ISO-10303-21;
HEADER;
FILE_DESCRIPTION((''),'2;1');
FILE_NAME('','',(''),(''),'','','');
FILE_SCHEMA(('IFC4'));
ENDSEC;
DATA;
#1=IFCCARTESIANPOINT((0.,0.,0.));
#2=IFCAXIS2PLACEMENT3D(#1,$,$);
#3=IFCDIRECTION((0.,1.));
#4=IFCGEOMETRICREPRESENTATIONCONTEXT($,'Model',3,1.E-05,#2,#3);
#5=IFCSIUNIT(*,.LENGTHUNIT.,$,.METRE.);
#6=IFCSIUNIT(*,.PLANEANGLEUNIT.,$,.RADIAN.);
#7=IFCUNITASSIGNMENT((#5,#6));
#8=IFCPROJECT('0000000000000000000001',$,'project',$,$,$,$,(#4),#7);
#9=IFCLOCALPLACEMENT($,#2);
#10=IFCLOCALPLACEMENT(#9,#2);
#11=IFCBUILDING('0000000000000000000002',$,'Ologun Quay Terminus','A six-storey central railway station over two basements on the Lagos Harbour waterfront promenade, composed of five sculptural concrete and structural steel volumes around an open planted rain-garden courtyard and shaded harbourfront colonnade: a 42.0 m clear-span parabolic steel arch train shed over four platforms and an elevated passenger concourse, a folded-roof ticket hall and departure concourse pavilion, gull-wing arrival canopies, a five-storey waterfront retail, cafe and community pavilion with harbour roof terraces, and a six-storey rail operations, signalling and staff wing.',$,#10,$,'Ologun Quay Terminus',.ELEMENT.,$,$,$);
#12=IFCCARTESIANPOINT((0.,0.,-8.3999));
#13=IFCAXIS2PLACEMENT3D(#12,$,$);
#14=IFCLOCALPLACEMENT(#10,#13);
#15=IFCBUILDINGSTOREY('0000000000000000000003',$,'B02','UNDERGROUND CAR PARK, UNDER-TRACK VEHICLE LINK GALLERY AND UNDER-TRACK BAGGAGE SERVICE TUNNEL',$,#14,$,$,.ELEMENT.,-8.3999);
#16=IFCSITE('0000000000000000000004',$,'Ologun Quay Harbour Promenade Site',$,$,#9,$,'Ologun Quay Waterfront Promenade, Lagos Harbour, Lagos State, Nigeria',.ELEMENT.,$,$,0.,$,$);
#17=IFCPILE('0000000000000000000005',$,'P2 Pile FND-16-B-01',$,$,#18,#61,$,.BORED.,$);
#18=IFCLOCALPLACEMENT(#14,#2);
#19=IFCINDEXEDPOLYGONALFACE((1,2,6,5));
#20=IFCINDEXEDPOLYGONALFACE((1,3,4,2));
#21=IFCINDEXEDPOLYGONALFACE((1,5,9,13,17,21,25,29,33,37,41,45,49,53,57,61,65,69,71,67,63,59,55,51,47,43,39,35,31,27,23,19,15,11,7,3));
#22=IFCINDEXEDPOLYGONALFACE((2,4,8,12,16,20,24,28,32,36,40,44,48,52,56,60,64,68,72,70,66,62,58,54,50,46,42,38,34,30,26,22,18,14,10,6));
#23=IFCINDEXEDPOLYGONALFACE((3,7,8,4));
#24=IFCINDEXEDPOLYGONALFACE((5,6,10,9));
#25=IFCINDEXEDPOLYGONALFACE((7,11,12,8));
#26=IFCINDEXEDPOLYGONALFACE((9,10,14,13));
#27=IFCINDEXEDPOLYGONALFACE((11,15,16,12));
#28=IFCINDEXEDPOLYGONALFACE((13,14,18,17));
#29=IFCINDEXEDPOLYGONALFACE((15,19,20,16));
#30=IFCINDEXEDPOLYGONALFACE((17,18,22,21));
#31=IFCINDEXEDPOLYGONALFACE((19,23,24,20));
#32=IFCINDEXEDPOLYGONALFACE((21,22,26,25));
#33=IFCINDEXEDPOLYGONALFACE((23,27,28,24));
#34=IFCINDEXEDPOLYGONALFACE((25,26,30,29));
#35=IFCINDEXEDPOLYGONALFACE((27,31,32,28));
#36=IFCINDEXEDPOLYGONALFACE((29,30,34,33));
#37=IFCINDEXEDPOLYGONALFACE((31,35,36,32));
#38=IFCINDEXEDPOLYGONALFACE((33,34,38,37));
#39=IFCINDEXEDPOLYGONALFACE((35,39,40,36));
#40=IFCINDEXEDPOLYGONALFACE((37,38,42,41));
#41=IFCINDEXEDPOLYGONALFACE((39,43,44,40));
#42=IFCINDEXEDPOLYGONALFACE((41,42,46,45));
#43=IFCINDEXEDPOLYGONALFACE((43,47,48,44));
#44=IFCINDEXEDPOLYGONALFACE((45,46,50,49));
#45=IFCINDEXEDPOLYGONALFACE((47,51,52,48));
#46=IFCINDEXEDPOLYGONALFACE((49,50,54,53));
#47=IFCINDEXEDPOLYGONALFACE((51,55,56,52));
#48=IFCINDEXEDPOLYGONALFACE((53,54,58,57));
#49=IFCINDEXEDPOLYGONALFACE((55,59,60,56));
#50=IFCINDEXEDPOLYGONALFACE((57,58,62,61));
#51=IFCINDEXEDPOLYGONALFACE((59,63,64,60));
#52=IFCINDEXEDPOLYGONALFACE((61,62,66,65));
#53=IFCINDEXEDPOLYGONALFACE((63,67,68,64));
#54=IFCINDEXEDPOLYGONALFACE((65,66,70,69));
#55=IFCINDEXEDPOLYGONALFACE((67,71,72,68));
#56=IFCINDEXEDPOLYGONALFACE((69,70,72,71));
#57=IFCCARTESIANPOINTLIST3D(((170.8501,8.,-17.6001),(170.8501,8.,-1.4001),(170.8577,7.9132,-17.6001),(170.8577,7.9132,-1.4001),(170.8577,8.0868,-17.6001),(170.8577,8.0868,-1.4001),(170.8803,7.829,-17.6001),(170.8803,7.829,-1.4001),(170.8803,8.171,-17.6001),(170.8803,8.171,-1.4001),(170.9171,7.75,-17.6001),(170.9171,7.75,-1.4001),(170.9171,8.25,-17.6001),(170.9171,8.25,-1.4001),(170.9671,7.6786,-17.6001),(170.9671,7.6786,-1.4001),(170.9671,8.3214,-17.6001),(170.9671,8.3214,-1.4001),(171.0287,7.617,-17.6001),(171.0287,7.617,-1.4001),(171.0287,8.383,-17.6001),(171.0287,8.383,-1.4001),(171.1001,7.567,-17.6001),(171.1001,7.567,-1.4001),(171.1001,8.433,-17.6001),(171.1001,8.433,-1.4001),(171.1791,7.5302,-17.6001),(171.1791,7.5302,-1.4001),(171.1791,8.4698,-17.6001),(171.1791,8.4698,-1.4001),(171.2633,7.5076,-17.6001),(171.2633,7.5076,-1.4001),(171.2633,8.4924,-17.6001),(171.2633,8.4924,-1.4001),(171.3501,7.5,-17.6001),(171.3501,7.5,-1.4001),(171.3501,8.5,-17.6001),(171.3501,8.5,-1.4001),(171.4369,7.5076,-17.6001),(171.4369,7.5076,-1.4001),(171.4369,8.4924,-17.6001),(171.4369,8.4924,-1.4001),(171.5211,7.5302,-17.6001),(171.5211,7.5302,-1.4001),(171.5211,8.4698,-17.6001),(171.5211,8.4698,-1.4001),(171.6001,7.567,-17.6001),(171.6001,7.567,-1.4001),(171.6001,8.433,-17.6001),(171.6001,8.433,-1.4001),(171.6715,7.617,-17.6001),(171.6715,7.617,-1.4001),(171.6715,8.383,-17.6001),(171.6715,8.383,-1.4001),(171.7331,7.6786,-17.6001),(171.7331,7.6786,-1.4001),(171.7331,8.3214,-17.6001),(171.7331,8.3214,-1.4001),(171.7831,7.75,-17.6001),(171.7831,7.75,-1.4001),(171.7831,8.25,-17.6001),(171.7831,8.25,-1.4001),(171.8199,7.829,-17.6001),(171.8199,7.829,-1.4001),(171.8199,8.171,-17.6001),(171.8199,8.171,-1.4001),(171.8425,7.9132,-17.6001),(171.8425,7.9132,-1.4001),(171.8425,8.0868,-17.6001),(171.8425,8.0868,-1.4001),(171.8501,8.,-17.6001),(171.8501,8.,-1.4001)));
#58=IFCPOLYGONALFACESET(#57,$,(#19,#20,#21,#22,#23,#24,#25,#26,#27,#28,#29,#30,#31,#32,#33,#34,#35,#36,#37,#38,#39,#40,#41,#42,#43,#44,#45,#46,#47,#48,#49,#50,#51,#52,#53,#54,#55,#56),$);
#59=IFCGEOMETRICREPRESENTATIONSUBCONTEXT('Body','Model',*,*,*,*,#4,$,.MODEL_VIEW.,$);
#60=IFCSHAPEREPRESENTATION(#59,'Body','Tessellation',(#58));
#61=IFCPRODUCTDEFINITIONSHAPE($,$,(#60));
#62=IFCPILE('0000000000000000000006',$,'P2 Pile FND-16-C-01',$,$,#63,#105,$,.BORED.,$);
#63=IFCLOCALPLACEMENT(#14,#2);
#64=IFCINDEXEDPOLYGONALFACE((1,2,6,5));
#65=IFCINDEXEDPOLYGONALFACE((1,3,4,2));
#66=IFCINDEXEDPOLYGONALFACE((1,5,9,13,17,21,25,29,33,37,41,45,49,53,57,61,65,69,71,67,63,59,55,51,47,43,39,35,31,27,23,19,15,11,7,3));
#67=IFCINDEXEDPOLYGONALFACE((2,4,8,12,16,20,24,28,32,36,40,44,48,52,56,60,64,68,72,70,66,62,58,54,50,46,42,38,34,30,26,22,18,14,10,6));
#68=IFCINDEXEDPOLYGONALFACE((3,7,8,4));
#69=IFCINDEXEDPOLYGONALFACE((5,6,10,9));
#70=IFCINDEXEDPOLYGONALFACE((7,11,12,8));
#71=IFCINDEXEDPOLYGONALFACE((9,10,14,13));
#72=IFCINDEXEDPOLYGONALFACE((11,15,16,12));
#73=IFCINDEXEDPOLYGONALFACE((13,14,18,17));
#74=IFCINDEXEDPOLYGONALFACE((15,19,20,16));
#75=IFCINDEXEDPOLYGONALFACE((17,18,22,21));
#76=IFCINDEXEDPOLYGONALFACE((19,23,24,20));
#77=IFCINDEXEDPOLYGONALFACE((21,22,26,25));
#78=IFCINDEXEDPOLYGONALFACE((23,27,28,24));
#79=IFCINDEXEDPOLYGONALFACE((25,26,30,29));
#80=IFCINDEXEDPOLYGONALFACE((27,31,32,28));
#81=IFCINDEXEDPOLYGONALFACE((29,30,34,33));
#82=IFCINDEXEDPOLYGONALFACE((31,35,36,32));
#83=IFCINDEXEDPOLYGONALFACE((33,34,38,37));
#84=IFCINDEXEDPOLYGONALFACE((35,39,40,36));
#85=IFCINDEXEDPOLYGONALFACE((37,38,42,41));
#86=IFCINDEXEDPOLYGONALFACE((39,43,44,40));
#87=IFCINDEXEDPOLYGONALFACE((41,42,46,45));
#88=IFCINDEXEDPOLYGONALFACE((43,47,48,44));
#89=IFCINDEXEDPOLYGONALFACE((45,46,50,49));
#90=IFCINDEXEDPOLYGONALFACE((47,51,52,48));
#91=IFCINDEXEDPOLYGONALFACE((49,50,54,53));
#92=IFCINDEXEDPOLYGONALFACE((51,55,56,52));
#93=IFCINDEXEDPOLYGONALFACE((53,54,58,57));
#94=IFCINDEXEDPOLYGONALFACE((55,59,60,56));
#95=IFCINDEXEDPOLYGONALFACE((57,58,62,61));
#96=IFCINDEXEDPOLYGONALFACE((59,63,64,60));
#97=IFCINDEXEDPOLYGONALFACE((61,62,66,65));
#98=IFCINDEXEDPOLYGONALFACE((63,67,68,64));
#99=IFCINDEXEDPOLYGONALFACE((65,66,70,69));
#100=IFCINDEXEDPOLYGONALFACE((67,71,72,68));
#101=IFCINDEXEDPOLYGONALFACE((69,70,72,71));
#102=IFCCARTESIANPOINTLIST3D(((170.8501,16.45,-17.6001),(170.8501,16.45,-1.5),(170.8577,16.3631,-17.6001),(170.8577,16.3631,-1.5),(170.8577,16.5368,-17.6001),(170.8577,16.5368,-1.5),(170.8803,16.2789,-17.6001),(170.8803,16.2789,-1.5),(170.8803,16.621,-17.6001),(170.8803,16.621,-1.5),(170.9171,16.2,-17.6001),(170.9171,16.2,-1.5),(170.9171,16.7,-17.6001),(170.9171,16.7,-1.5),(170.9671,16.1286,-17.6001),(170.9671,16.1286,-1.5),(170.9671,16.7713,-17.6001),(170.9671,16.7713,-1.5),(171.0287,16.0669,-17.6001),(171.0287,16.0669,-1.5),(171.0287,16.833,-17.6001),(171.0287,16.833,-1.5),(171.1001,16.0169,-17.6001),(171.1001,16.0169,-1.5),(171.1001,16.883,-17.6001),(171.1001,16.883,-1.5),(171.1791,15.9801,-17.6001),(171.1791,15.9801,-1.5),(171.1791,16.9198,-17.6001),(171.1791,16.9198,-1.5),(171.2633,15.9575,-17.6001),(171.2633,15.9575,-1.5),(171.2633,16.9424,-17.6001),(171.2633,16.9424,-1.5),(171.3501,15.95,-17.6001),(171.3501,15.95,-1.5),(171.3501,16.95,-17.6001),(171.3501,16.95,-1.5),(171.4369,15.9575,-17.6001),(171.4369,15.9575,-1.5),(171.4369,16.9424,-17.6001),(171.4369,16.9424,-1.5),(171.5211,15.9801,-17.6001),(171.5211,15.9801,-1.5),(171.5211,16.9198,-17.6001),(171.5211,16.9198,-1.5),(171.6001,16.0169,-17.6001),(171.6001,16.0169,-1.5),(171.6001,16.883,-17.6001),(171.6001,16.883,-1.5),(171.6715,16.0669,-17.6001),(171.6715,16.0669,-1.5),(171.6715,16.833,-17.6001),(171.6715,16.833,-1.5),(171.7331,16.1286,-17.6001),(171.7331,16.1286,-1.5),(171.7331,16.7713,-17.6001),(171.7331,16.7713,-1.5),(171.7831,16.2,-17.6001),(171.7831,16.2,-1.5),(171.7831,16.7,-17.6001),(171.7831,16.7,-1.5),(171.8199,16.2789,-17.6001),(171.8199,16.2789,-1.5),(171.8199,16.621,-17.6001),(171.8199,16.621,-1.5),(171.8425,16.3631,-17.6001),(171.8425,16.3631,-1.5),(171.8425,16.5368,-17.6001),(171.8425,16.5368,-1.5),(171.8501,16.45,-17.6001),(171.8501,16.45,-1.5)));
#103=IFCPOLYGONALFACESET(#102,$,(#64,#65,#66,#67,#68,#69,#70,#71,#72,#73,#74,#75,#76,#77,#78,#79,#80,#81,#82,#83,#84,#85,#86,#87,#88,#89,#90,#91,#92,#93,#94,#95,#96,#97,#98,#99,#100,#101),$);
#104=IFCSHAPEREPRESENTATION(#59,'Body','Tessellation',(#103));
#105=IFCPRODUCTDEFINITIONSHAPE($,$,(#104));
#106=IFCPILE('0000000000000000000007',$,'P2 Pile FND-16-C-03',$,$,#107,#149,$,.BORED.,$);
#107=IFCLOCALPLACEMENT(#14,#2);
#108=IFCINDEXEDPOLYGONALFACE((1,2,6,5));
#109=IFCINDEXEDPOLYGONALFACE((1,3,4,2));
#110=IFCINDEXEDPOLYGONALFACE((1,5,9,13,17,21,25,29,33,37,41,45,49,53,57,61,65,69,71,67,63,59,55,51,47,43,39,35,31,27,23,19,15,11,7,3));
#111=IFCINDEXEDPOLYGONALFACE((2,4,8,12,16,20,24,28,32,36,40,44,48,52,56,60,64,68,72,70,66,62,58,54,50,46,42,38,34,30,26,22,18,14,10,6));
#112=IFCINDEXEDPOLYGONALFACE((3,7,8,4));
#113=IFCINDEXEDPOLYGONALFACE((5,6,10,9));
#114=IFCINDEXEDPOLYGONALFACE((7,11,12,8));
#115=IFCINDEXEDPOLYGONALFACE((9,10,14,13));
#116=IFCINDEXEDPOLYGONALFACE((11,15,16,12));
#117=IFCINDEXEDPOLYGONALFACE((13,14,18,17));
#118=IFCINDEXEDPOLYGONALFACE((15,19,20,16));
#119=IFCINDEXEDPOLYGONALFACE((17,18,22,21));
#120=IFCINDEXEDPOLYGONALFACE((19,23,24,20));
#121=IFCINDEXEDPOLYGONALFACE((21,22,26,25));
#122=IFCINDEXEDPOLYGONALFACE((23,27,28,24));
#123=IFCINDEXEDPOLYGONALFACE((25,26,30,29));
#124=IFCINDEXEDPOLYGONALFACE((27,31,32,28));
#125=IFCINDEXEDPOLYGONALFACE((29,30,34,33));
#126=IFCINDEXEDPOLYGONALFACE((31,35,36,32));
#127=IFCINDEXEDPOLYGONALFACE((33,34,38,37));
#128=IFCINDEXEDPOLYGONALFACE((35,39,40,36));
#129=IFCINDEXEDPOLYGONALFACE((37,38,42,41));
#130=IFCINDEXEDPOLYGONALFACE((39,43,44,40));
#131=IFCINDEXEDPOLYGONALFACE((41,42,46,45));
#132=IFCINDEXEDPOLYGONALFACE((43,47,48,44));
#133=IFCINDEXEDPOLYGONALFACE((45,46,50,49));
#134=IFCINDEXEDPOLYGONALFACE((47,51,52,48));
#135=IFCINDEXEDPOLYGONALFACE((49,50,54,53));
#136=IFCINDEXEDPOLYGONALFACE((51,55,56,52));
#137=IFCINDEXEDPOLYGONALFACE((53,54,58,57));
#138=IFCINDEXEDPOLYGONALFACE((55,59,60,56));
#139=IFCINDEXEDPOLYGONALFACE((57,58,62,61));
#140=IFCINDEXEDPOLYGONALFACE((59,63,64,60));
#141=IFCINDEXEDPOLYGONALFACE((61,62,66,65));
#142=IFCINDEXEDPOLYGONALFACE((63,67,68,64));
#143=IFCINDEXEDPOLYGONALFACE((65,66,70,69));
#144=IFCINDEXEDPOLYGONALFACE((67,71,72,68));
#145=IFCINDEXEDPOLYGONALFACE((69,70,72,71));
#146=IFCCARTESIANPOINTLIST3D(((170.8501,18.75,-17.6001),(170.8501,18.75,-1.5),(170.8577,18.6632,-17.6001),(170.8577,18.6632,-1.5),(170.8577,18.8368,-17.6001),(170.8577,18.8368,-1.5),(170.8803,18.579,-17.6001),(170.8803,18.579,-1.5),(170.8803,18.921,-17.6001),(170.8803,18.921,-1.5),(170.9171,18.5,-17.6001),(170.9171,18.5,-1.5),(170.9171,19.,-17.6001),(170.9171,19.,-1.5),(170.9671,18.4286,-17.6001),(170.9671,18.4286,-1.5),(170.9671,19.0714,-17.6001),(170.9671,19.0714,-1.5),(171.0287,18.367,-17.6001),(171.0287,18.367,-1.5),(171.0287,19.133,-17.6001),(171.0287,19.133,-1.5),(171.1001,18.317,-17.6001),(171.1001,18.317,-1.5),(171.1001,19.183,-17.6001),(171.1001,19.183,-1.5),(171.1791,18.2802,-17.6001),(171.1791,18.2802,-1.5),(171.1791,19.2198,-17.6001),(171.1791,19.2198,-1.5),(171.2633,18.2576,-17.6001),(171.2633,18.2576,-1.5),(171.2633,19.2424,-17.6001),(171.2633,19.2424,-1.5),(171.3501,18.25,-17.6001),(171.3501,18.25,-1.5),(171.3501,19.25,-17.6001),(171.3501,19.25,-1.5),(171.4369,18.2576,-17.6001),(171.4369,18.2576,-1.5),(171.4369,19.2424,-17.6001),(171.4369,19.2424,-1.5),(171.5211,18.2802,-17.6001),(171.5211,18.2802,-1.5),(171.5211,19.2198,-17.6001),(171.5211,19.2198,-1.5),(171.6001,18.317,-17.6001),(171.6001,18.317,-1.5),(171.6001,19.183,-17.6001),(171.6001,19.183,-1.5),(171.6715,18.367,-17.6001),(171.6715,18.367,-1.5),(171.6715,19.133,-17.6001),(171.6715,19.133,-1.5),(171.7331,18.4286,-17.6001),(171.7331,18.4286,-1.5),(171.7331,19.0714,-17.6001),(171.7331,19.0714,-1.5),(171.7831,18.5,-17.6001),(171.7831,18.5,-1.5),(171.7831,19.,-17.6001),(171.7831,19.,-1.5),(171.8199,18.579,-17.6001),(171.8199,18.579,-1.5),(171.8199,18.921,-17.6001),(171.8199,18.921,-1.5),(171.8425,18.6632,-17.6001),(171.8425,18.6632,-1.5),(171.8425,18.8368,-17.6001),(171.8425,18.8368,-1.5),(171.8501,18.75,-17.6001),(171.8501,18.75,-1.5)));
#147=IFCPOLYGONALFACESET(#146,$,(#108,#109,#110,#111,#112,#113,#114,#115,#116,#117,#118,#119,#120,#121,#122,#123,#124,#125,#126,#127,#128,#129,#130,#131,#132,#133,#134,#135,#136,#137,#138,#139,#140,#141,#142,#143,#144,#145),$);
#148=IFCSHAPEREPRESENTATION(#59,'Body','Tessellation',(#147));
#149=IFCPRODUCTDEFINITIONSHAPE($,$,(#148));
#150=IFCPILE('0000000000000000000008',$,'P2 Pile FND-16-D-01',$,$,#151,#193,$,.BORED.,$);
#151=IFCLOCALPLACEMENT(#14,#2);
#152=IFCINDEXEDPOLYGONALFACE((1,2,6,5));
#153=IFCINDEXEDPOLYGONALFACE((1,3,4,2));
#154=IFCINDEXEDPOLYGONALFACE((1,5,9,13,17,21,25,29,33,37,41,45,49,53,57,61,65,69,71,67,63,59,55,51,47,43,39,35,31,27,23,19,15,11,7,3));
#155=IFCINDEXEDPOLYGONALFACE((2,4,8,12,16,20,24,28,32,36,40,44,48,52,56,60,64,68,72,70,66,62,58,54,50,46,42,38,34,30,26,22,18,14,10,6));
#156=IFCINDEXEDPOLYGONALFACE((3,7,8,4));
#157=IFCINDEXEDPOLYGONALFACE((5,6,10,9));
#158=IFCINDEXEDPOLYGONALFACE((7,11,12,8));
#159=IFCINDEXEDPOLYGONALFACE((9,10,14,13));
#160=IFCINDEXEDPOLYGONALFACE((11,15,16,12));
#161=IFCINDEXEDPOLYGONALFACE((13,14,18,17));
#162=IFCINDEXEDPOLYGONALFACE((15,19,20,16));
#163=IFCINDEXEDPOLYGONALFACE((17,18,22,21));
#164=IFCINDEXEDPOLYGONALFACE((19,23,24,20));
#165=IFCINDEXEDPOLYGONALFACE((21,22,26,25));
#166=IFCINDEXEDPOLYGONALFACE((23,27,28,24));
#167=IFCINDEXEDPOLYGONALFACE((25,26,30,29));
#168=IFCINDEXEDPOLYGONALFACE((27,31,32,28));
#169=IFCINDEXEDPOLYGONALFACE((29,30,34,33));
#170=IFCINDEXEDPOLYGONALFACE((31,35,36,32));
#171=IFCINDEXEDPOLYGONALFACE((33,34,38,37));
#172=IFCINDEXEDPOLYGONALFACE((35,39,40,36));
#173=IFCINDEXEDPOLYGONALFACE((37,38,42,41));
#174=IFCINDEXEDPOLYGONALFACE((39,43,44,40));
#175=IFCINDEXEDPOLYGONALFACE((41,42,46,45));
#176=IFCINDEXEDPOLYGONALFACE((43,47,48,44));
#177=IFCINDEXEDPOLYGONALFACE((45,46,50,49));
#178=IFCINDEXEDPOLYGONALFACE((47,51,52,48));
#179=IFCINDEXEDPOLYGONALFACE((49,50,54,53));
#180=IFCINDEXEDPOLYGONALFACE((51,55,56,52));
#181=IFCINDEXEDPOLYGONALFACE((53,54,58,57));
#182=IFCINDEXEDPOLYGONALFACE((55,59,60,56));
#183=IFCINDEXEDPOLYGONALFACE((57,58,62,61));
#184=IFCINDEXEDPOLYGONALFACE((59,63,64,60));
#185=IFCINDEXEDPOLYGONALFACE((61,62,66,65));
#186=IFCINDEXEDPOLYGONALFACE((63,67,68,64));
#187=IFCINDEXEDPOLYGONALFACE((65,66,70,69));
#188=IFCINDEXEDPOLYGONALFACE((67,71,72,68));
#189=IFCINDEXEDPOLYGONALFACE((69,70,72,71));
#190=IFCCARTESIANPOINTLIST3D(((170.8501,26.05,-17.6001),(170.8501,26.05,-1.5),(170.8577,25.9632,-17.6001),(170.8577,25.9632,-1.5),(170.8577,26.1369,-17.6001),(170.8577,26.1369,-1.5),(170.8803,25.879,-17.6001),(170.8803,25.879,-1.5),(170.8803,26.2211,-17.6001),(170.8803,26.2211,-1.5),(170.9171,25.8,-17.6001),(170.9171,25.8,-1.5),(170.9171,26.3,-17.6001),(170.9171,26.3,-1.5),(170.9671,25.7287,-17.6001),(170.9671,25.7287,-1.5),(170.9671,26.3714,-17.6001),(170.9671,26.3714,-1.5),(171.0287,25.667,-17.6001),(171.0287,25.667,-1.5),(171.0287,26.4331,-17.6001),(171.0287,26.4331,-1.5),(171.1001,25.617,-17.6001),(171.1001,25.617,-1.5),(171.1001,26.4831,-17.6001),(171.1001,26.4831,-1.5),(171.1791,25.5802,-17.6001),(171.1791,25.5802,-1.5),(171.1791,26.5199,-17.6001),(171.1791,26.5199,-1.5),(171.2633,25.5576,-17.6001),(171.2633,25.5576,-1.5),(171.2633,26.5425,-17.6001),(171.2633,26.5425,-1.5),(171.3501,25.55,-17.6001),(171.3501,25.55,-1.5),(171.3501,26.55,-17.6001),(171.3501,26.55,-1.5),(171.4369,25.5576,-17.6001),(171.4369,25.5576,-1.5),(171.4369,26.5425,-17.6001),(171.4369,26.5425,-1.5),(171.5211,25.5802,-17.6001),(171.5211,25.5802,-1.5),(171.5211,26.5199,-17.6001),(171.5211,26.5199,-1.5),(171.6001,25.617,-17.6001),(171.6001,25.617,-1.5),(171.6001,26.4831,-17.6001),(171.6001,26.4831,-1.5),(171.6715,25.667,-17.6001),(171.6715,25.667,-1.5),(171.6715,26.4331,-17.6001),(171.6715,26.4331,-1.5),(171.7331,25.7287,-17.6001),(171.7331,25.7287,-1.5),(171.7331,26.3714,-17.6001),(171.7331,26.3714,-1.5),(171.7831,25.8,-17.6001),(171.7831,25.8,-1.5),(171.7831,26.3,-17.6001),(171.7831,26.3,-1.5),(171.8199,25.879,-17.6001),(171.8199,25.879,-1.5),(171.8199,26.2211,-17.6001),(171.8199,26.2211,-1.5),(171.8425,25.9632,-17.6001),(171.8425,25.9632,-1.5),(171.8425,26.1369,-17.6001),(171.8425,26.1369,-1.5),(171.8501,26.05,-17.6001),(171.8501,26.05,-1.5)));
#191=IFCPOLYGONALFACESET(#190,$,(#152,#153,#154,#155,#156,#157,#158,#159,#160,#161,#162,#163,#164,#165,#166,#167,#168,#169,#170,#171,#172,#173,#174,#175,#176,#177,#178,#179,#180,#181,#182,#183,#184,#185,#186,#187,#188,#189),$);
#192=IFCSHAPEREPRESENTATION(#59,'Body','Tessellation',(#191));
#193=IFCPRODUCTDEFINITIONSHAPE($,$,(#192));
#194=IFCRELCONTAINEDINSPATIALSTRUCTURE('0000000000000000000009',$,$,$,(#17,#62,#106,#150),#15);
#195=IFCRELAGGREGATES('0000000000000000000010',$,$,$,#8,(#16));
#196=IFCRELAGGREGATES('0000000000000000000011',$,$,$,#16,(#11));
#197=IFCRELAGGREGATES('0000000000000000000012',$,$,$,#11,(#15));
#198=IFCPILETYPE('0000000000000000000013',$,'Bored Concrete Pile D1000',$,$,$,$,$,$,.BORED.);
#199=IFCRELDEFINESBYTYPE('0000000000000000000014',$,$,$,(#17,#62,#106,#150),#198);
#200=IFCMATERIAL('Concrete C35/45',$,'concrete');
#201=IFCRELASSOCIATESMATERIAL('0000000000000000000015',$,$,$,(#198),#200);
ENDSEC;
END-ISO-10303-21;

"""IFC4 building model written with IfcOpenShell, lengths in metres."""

from ifc_helpers import new_model, si_unit, direction, frame, origin, origin_2d, place, context, subcontext, project, spatial, circle, extrude, material, material_profile, profile_set, type_object, element, save


model = new_model("IFC4")

# Units and contexts
model_context = context("Model", 3, precision=1e-05, world=origin(), true_north=direction((0.0, 1.0)))
body_context = subcontext(model_context, "Body", "Model", "MODEL_VIEW")
ifc_project = project(units=[si_unit("LENGTHUNIT", "METRE"), si_unit("PLANEANGLEUNIT", "RADIAN")], contexts=[model_context])

# Site, building, storey
site_placement = place(None, origin())
site = spatial("IfcSite", under=ifc_project, at=site_placement, Name="Ologun Quay Harbour Promenade Site", LongName="Ologun Quay Waterfront Promenade, Lagos Harbour, Lagos State, Nigeria", CompositionType="ELEMENT", RefElevation=0.0)
building_placement = place(site_placement, origin())
building = spatial("IfcBuilding", under=site, at=building_placement, Name="Ologun Quay Terminus", Description="A six-storey central railway station over two basements on the Lagos Harbour waterfront promenade, composed of five sculptural concrete and structural steel volumes around an open planted rain-garden courtyard and shaded harbourfront colonnade: a 42.0 m clear-span parabolic steel arch train shed over four platforms and an elevated passenger concourse, a folded-roof ticket hall and departure concourse pavilion, gull-wing arrival canopies, a five-storey waterfront retail, cafe and community pavilion with harbour roof terraces, and a six-storey rail operations, signalling and staff wing.", LongName="Ologun Quay Terminus", CompositionType="ELEMENT")
storey_placement = place(building_placement, frame((0.0, 0.0, -8.3999)))
storey = spatial("IfcBuildingStorey", under=building, at=storey_placement, Name="B02", Description="UNDERGROUND CAR PARK, UNDER-TRACK VEHICLE LINK GALLERY AND UNDER-TRACK BAGGAGE SERVICE TUNNEL", CompositionType="ELEMENT", Elevation=-8.3999)

# Piles
ifc_material_1 = material(Name="Concrete C35/45", Category="concrete")
ifc_material_profile_1 = material_profile(ifc_material_1, circle(Radius=0.5, at=origin_2d()), Name="PILE D1000")
ifc_profile_set_1 = profile_set([ifc_material_profile_1], Name="Concrete C35/45")
pile_type_1 = type_object("IfcPileType", Name="Bored Concrete Pile D1000", PredefinedType="BORED", material=ifc_profile_set_1)
pile_1_placement = place(storey_placement, frame((171.3501, 8.0, -1.4001), z_axis=(0.0, 0.0, -1.0), x_axis=(1.0, 0.0, 0.0)))
element("IfcPile", 1, at=pile_1_placement, inside=storey, type_object=pile_type_1, Name="P2 Pile FND-16-B-01", PredefinedType="BORED", context=body_context, shape_type="SweptSolid", body=[
    extrude(circle(Radius=0.5, at=origin_2d()), origin(), (0.0, 0.0, 1.0), 16.2),
])
for number, where, z_axis, x_axis, name in (
    (2, (171.3501, 16.45, -1.5), (0.0, 0.0, -1.0), (1.0, 0.0, 0.0), "P2 Pile FND-16-C-01"),
    (3, (171.3501, 18.75, -1.5), (0.0, 0.0, -1.0), (1.0, 0.0, 0.0), "P2 Pile FND-16-C-03"),
    (4, (171.3501, 26.05, -1.5), (0.0, 0.0, -1.0), (1.0, 0.0, 0.0), "P2 Pile FND-16-D-01"),
):
    element("IfcPile", number, at=place(storey_placement, frame(where, z_axis=z_axis, x_axis=x_axis)), inside=storey, type_object=pile_type_1, Name=name, PredefinedType="BORED", context=body_context, shape_type="SweptSolid", body=[
        extrude(circle(Radius=0.5, at=origin_2d()), origin(), (0.0, 0.0, 1.0), 16.1001),
    ])

save(model, "model.ifc")
